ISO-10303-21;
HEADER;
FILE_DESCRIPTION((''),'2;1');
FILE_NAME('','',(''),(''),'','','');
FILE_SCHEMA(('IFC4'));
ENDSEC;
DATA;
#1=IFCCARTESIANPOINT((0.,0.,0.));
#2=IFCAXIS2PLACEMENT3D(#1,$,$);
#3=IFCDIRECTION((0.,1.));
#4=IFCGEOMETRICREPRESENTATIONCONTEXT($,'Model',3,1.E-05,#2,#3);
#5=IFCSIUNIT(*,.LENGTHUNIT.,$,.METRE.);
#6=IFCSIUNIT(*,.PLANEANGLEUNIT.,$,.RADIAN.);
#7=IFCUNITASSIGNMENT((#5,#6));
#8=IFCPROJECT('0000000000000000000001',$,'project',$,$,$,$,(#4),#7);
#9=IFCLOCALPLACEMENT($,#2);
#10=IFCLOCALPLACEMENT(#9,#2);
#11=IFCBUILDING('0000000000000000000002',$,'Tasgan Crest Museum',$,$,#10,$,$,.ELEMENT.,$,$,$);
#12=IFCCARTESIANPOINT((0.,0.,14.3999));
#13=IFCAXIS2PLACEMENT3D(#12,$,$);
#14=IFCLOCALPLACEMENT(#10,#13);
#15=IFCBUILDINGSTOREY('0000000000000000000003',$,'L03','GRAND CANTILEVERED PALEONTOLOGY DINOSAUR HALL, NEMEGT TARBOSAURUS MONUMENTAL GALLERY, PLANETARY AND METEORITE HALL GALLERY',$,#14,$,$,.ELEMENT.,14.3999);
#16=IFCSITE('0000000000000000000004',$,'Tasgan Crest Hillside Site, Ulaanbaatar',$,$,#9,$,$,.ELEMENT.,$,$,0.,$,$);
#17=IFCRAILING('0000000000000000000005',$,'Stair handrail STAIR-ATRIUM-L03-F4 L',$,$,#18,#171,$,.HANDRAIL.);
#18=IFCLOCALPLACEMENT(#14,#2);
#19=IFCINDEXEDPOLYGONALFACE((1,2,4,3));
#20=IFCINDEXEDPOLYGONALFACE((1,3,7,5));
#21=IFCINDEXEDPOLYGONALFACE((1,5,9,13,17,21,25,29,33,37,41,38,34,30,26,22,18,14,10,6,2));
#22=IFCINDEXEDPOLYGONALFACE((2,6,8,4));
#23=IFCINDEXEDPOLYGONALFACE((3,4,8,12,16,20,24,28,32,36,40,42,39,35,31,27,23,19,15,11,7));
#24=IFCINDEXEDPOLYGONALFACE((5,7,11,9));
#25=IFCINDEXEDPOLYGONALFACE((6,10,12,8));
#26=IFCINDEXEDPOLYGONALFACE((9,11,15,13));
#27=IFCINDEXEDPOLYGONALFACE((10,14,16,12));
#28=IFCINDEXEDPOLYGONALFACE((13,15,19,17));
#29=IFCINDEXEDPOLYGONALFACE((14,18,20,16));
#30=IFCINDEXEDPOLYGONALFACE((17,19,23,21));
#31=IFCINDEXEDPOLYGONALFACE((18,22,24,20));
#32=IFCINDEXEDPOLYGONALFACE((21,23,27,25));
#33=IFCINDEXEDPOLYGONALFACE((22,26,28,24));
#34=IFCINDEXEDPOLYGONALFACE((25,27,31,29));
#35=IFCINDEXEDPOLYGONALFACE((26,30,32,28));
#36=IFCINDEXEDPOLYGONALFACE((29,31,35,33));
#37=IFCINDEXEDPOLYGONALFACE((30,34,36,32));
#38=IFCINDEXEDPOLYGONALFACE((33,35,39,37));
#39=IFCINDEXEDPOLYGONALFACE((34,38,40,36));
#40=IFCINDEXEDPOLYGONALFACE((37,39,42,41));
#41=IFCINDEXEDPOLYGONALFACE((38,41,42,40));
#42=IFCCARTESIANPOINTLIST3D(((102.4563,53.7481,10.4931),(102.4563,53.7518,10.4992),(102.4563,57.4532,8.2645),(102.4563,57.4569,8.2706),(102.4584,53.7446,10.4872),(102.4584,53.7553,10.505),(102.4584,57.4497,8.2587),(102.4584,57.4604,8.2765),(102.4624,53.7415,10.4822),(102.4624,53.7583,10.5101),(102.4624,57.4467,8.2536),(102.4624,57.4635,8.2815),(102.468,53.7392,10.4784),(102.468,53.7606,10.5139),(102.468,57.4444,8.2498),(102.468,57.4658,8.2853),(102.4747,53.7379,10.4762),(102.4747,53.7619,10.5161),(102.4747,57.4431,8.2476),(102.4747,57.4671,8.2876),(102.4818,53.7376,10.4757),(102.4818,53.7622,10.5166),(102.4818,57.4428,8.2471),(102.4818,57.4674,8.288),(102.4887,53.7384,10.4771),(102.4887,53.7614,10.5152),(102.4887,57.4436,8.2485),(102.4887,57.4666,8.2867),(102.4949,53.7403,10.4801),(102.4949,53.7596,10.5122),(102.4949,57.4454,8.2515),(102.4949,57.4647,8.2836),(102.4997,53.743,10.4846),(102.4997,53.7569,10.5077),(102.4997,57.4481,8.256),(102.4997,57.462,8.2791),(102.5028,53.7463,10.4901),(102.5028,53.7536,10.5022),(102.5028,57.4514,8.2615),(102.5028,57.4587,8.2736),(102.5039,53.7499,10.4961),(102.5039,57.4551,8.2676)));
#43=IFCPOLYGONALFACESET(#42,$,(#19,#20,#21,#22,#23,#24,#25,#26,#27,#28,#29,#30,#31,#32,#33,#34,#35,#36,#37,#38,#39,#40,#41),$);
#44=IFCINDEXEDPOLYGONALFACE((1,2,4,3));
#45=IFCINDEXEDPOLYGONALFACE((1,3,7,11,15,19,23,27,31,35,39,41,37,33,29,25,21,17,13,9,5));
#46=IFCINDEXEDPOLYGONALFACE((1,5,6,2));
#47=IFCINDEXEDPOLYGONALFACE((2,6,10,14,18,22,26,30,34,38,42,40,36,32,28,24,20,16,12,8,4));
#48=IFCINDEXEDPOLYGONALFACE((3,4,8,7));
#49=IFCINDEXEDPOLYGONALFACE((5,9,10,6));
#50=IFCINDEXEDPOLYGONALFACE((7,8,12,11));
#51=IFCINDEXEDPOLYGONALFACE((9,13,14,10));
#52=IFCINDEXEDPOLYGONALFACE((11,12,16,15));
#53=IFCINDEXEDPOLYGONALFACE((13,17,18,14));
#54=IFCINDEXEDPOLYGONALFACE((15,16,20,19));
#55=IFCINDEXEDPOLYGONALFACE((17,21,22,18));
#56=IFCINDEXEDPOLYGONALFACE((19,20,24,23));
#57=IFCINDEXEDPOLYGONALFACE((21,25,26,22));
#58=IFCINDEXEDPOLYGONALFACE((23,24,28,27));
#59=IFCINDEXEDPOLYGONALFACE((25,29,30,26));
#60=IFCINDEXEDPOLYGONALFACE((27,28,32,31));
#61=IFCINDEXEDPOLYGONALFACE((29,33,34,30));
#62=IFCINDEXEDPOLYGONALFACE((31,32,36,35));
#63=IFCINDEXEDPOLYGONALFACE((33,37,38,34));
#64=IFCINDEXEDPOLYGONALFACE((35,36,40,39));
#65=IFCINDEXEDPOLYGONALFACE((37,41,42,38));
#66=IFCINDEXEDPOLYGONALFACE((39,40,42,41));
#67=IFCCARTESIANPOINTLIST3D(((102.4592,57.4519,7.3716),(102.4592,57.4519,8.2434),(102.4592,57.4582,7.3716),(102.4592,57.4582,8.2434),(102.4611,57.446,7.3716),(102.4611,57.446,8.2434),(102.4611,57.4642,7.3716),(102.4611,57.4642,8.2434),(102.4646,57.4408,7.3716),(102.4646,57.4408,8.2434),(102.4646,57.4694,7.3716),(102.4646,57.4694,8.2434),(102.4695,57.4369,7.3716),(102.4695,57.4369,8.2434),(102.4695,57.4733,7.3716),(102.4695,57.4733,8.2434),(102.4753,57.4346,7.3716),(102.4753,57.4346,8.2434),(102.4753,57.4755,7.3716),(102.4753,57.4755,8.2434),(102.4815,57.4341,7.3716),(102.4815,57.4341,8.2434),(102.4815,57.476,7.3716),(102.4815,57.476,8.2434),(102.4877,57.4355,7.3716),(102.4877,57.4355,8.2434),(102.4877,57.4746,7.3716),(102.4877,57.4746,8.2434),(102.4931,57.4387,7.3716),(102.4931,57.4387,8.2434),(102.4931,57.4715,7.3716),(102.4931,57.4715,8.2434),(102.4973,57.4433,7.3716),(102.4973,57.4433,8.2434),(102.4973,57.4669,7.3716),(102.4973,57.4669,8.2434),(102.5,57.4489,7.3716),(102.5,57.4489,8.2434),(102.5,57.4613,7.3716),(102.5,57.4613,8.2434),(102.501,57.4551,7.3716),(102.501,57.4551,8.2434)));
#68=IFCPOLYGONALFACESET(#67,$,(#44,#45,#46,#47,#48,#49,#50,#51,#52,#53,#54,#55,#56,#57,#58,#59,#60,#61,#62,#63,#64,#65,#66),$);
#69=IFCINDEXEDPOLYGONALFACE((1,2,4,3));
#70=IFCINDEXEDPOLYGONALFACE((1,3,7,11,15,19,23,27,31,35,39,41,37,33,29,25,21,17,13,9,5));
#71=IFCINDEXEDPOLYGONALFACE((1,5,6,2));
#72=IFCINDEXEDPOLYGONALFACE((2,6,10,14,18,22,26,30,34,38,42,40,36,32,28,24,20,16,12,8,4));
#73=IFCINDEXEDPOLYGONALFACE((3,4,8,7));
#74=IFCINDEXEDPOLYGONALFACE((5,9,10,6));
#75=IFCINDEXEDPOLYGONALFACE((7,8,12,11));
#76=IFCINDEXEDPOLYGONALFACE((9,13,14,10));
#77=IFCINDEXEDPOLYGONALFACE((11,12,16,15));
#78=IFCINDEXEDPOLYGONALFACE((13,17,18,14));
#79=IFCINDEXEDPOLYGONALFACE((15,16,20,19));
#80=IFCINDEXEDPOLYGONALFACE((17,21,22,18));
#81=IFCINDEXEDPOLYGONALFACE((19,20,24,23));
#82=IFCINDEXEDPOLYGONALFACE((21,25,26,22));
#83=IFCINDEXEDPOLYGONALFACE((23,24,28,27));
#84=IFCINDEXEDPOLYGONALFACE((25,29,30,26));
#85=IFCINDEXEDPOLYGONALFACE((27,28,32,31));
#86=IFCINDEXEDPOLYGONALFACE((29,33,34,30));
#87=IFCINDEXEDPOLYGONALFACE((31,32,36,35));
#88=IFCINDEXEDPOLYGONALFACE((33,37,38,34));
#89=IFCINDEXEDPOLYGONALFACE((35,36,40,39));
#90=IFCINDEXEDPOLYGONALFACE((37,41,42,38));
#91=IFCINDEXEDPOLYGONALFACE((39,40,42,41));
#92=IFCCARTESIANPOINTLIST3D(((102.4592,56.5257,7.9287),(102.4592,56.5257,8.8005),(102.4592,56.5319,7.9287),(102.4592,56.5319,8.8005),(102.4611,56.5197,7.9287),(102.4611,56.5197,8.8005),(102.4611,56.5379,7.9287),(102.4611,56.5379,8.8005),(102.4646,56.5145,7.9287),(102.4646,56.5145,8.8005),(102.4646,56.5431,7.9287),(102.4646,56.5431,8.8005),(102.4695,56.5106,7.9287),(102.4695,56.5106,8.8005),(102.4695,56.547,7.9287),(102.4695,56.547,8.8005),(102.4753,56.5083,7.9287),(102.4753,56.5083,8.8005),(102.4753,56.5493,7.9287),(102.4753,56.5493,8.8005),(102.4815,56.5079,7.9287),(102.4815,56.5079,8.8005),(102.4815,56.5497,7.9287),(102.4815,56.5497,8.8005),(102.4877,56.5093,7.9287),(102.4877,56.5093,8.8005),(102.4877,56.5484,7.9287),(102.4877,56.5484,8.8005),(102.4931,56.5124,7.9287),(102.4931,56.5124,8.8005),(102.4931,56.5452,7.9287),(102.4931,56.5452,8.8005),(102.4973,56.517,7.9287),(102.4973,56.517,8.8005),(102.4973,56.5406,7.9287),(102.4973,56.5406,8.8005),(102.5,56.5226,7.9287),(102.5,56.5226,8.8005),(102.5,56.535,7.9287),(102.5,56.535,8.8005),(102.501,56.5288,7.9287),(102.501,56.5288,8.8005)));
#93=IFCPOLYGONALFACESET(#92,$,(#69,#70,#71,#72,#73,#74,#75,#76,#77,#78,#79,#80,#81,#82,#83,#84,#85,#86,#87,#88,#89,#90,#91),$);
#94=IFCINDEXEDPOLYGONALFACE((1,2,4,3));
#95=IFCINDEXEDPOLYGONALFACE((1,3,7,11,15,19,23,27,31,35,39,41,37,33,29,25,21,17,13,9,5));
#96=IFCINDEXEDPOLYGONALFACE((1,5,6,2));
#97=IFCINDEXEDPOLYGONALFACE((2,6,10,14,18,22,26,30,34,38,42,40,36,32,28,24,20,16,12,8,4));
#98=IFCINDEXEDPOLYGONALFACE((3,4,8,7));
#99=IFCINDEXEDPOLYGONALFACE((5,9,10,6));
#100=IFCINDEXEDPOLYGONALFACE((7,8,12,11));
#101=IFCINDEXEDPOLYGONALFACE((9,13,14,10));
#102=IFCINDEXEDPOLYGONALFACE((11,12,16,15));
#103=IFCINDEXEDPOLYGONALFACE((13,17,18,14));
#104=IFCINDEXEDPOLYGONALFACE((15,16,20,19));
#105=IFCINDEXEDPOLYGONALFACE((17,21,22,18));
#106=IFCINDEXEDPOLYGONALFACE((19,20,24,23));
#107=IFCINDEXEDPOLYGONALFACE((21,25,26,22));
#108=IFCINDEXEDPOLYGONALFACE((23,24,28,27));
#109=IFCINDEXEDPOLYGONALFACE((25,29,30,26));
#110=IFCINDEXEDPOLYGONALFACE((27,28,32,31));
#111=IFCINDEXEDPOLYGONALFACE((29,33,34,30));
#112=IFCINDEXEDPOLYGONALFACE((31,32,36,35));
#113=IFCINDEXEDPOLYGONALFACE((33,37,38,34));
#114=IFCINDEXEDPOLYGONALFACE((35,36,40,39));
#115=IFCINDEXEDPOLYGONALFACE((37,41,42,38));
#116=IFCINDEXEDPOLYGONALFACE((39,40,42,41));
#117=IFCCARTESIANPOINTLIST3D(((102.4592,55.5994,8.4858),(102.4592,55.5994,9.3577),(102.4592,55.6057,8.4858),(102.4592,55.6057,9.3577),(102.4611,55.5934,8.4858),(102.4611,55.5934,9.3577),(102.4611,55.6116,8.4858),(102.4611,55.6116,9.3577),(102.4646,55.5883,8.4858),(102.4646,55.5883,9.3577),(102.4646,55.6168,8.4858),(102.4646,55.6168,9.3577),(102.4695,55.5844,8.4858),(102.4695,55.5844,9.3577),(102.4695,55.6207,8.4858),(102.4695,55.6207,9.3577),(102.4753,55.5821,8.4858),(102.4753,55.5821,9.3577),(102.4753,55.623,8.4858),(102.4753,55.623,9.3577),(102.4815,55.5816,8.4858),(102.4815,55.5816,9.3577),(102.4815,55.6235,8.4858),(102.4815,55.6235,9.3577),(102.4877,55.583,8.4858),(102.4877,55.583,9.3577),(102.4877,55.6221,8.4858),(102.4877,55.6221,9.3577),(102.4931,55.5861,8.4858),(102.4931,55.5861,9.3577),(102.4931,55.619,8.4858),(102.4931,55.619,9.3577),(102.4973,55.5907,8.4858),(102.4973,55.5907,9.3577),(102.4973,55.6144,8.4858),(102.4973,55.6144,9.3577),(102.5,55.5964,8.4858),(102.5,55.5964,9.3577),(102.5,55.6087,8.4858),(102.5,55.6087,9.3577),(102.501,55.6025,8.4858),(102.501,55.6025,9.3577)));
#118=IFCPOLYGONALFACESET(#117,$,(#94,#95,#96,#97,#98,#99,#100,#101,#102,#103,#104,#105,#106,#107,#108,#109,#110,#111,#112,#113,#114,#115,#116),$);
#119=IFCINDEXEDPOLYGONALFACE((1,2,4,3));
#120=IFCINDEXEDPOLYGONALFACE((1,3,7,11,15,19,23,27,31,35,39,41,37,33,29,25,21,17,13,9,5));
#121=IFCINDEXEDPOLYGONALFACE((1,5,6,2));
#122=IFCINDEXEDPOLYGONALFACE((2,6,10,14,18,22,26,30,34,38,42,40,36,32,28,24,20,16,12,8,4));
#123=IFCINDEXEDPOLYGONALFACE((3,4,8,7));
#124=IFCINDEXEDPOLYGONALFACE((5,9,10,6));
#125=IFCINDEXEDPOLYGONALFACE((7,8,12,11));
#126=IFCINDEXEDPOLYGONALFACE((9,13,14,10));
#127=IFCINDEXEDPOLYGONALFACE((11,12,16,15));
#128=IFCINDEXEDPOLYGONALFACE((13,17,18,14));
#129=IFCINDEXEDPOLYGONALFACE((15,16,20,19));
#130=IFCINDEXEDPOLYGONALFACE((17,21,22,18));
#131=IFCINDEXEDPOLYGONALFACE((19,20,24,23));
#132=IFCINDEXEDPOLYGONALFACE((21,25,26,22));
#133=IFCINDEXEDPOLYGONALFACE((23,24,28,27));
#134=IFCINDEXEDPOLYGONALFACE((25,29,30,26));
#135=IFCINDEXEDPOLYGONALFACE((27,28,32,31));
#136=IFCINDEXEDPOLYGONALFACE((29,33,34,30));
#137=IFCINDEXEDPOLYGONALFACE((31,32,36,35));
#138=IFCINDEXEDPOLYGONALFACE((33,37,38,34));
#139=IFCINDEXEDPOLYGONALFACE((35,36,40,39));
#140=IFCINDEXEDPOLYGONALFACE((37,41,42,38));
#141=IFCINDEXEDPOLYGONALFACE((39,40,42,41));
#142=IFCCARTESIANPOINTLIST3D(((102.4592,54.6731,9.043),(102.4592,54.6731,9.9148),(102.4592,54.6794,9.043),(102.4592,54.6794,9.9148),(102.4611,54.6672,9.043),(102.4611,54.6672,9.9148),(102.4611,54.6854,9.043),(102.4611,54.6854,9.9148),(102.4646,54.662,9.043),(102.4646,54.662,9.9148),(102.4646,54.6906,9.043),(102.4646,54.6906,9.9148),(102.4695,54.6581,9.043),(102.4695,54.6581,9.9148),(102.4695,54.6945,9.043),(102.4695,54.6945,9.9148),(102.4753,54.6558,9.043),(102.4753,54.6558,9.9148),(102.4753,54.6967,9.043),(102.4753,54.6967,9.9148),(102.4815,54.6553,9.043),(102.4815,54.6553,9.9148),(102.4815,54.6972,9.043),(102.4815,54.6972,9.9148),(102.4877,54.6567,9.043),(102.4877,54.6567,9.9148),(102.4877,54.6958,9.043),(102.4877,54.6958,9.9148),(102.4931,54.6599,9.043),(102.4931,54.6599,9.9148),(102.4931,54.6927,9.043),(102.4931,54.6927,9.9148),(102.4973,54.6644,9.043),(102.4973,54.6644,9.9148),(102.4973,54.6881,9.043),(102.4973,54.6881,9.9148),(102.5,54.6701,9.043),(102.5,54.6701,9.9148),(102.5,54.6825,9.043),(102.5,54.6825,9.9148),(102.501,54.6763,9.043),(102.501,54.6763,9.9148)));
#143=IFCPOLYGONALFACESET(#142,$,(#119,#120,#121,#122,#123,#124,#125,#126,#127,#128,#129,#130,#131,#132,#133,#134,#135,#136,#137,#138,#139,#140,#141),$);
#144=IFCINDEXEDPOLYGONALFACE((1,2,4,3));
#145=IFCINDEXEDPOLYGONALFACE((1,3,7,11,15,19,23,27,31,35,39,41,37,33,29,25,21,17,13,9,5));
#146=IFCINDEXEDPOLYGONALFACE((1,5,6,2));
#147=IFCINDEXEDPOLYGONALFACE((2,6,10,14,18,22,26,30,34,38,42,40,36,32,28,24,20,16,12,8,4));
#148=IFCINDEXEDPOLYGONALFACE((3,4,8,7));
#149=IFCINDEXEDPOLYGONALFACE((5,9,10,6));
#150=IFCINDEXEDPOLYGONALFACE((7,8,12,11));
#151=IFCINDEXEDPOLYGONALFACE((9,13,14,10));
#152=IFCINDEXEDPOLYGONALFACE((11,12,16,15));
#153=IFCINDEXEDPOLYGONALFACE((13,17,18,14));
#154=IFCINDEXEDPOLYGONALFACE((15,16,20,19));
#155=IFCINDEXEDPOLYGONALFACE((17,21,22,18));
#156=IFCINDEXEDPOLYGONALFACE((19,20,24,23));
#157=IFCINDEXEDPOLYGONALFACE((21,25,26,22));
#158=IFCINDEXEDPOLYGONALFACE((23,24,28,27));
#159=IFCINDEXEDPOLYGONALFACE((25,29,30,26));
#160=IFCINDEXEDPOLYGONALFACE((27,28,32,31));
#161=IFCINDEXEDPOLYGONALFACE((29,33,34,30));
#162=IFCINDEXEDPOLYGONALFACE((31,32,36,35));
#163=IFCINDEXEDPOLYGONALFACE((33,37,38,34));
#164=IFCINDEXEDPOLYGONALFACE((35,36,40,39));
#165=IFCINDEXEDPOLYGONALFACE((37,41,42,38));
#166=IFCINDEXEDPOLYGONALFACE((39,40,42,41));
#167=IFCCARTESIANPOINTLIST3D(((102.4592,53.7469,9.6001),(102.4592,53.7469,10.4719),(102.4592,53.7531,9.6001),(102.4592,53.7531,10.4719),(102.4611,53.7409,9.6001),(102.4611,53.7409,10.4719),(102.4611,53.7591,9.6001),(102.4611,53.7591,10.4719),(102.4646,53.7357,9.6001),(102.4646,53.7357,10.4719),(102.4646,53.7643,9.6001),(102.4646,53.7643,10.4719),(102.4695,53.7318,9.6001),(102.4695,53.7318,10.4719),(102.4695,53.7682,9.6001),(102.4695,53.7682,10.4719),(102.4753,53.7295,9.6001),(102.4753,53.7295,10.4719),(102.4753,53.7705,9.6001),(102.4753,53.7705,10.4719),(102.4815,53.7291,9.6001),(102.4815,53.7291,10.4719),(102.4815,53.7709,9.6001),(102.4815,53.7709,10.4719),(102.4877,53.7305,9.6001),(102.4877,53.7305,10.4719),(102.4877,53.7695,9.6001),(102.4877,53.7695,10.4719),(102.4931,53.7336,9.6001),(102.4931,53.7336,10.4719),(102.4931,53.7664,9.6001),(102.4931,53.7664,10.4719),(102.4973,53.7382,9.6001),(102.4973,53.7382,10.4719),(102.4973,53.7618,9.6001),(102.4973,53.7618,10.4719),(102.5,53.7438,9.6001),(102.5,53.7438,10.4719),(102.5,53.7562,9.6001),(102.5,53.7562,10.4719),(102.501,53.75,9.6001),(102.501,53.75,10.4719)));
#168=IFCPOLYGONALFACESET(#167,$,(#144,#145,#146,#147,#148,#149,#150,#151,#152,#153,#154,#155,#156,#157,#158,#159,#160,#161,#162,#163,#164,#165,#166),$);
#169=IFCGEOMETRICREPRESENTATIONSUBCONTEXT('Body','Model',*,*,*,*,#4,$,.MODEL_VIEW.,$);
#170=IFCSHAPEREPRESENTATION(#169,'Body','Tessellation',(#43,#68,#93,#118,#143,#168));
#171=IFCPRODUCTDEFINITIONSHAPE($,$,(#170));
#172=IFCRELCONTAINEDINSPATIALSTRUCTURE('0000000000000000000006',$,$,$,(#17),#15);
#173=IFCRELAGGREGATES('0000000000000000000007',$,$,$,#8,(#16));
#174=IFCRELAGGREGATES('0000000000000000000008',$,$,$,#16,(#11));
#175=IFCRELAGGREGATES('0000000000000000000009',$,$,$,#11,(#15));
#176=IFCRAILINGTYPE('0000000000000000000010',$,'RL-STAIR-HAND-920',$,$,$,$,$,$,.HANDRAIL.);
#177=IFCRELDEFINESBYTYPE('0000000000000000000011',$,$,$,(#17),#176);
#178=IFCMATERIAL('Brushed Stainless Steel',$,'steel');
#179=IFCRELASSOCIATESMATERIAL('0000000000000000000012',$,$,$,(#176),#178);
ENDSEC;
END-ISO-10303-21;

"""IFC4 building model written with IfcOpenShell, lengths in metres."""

from ifc_helpers import new_model, si_unit, direction, frame, origin, origin_2d, place, context, subcontext, project, spatial, circle, extrude, material, type_object, element, save


model = new_model("IFC4")

# Units and contexts
model_context = context("Model", 3, precision=1e-05, world=origin(), true_north=direction((0.0, 1.0)))
body_context = subcontext(model_context, "Body", "Model", "MODEL_VIEW")
ifc_project = project(units=[si_unit("LENGTHUNIT", "METRE"), si_unit("PLANEANGLEUNIT", "RADIAN")], contexts=[model_context])

# Site, building, storey
site_placement = place(None, origin())
site = spatial("IfcSite", under=ifc_project, at=site_placement, Name="Tasgan Crest Hillside Site, Ulaanbaatar", CompositionType="ELEMENT", RefElevation=0.0)
building_placement = place(site_placement, origin())
building = spatial("IfcBuilding", under=site, at=building_placement, Name="Tasgan Crest Museum", CompositionType="ELEMENT")
storey_placement = place(building_placement, frame((0.0, 0.0, 14.3999)))
storey = spatial("IfcBuildingStorey", under=building, at=storey_placement, Name="L03", Description="GRAND CANTILEVERED PALEONTOLOGY DINOSAUR HALL, NEMEGT TARBOSAURUS MONUMENTAL GALLERY, PLANETARY AND METEORITE HALL GALLERY", CompositionType="ELEMENT", Elevation=14.3999)

# Railing
ifc_material_1 = material(Name="Brushed Stainless Steel", Category="steel")
railing_type_1 = type_object("IfcRailingType", Name="RL-STAIR-HAND-920", PredefinedType="HANDRAIL", material=ifc_material_1)
for number, where, name in (
    (1, (102.48, 57.4551, 7.3716), "Stair handrail STAIR-ATRIUM-L03-F4 L"),
):
    element("IfcRailing", number, at=place(storey_placement, frame(where)), inside=storey, type_object=railing_type_1, Name=name, PredefinedType="HANDRAIL", context=body_context, shape_type="SweptSolid", body=[
        extrude(circle(Radius=0.0239, at=origin_2d()), frame((0.0, 0.0, 0.896), z_axis=(0.0, -0.856934, 0.515425), x_axis=(1.0, 0.0, 0.0)), (0.0, 0.0, 1.0), 4.3237),
        extrude(circle(Radius=0.021, at=origin_2d()), origin(), (0.0, 0.0, 1.0), 0.8718),
        extrude(circle(Radius=0.021, at=origin_2d()), frame((0.0, -0.9263, 0.5571)), (0.0, 0.0, 1.0), 0.8718),
        extrude(circle(Radius=0.021, at=origin_2d()), frame((0.0, -1.8525, 1.1143)), (0.0, 0.0, 1.0), 0.8718),
        extrude(circle(Radius=0.021, at=origin_2d()), frame((0.0, -2.7788, 1.6714)), (0.0, 0.0, 1.0), 0.8718),
        extrude(circle(Radius=0.021, at=origin_2d()), frame((0.0, -3.7051, 2.2285)), (0.0, 0.0, 1.0), 0.8718),
    ])

save(model, "model.ifc")
